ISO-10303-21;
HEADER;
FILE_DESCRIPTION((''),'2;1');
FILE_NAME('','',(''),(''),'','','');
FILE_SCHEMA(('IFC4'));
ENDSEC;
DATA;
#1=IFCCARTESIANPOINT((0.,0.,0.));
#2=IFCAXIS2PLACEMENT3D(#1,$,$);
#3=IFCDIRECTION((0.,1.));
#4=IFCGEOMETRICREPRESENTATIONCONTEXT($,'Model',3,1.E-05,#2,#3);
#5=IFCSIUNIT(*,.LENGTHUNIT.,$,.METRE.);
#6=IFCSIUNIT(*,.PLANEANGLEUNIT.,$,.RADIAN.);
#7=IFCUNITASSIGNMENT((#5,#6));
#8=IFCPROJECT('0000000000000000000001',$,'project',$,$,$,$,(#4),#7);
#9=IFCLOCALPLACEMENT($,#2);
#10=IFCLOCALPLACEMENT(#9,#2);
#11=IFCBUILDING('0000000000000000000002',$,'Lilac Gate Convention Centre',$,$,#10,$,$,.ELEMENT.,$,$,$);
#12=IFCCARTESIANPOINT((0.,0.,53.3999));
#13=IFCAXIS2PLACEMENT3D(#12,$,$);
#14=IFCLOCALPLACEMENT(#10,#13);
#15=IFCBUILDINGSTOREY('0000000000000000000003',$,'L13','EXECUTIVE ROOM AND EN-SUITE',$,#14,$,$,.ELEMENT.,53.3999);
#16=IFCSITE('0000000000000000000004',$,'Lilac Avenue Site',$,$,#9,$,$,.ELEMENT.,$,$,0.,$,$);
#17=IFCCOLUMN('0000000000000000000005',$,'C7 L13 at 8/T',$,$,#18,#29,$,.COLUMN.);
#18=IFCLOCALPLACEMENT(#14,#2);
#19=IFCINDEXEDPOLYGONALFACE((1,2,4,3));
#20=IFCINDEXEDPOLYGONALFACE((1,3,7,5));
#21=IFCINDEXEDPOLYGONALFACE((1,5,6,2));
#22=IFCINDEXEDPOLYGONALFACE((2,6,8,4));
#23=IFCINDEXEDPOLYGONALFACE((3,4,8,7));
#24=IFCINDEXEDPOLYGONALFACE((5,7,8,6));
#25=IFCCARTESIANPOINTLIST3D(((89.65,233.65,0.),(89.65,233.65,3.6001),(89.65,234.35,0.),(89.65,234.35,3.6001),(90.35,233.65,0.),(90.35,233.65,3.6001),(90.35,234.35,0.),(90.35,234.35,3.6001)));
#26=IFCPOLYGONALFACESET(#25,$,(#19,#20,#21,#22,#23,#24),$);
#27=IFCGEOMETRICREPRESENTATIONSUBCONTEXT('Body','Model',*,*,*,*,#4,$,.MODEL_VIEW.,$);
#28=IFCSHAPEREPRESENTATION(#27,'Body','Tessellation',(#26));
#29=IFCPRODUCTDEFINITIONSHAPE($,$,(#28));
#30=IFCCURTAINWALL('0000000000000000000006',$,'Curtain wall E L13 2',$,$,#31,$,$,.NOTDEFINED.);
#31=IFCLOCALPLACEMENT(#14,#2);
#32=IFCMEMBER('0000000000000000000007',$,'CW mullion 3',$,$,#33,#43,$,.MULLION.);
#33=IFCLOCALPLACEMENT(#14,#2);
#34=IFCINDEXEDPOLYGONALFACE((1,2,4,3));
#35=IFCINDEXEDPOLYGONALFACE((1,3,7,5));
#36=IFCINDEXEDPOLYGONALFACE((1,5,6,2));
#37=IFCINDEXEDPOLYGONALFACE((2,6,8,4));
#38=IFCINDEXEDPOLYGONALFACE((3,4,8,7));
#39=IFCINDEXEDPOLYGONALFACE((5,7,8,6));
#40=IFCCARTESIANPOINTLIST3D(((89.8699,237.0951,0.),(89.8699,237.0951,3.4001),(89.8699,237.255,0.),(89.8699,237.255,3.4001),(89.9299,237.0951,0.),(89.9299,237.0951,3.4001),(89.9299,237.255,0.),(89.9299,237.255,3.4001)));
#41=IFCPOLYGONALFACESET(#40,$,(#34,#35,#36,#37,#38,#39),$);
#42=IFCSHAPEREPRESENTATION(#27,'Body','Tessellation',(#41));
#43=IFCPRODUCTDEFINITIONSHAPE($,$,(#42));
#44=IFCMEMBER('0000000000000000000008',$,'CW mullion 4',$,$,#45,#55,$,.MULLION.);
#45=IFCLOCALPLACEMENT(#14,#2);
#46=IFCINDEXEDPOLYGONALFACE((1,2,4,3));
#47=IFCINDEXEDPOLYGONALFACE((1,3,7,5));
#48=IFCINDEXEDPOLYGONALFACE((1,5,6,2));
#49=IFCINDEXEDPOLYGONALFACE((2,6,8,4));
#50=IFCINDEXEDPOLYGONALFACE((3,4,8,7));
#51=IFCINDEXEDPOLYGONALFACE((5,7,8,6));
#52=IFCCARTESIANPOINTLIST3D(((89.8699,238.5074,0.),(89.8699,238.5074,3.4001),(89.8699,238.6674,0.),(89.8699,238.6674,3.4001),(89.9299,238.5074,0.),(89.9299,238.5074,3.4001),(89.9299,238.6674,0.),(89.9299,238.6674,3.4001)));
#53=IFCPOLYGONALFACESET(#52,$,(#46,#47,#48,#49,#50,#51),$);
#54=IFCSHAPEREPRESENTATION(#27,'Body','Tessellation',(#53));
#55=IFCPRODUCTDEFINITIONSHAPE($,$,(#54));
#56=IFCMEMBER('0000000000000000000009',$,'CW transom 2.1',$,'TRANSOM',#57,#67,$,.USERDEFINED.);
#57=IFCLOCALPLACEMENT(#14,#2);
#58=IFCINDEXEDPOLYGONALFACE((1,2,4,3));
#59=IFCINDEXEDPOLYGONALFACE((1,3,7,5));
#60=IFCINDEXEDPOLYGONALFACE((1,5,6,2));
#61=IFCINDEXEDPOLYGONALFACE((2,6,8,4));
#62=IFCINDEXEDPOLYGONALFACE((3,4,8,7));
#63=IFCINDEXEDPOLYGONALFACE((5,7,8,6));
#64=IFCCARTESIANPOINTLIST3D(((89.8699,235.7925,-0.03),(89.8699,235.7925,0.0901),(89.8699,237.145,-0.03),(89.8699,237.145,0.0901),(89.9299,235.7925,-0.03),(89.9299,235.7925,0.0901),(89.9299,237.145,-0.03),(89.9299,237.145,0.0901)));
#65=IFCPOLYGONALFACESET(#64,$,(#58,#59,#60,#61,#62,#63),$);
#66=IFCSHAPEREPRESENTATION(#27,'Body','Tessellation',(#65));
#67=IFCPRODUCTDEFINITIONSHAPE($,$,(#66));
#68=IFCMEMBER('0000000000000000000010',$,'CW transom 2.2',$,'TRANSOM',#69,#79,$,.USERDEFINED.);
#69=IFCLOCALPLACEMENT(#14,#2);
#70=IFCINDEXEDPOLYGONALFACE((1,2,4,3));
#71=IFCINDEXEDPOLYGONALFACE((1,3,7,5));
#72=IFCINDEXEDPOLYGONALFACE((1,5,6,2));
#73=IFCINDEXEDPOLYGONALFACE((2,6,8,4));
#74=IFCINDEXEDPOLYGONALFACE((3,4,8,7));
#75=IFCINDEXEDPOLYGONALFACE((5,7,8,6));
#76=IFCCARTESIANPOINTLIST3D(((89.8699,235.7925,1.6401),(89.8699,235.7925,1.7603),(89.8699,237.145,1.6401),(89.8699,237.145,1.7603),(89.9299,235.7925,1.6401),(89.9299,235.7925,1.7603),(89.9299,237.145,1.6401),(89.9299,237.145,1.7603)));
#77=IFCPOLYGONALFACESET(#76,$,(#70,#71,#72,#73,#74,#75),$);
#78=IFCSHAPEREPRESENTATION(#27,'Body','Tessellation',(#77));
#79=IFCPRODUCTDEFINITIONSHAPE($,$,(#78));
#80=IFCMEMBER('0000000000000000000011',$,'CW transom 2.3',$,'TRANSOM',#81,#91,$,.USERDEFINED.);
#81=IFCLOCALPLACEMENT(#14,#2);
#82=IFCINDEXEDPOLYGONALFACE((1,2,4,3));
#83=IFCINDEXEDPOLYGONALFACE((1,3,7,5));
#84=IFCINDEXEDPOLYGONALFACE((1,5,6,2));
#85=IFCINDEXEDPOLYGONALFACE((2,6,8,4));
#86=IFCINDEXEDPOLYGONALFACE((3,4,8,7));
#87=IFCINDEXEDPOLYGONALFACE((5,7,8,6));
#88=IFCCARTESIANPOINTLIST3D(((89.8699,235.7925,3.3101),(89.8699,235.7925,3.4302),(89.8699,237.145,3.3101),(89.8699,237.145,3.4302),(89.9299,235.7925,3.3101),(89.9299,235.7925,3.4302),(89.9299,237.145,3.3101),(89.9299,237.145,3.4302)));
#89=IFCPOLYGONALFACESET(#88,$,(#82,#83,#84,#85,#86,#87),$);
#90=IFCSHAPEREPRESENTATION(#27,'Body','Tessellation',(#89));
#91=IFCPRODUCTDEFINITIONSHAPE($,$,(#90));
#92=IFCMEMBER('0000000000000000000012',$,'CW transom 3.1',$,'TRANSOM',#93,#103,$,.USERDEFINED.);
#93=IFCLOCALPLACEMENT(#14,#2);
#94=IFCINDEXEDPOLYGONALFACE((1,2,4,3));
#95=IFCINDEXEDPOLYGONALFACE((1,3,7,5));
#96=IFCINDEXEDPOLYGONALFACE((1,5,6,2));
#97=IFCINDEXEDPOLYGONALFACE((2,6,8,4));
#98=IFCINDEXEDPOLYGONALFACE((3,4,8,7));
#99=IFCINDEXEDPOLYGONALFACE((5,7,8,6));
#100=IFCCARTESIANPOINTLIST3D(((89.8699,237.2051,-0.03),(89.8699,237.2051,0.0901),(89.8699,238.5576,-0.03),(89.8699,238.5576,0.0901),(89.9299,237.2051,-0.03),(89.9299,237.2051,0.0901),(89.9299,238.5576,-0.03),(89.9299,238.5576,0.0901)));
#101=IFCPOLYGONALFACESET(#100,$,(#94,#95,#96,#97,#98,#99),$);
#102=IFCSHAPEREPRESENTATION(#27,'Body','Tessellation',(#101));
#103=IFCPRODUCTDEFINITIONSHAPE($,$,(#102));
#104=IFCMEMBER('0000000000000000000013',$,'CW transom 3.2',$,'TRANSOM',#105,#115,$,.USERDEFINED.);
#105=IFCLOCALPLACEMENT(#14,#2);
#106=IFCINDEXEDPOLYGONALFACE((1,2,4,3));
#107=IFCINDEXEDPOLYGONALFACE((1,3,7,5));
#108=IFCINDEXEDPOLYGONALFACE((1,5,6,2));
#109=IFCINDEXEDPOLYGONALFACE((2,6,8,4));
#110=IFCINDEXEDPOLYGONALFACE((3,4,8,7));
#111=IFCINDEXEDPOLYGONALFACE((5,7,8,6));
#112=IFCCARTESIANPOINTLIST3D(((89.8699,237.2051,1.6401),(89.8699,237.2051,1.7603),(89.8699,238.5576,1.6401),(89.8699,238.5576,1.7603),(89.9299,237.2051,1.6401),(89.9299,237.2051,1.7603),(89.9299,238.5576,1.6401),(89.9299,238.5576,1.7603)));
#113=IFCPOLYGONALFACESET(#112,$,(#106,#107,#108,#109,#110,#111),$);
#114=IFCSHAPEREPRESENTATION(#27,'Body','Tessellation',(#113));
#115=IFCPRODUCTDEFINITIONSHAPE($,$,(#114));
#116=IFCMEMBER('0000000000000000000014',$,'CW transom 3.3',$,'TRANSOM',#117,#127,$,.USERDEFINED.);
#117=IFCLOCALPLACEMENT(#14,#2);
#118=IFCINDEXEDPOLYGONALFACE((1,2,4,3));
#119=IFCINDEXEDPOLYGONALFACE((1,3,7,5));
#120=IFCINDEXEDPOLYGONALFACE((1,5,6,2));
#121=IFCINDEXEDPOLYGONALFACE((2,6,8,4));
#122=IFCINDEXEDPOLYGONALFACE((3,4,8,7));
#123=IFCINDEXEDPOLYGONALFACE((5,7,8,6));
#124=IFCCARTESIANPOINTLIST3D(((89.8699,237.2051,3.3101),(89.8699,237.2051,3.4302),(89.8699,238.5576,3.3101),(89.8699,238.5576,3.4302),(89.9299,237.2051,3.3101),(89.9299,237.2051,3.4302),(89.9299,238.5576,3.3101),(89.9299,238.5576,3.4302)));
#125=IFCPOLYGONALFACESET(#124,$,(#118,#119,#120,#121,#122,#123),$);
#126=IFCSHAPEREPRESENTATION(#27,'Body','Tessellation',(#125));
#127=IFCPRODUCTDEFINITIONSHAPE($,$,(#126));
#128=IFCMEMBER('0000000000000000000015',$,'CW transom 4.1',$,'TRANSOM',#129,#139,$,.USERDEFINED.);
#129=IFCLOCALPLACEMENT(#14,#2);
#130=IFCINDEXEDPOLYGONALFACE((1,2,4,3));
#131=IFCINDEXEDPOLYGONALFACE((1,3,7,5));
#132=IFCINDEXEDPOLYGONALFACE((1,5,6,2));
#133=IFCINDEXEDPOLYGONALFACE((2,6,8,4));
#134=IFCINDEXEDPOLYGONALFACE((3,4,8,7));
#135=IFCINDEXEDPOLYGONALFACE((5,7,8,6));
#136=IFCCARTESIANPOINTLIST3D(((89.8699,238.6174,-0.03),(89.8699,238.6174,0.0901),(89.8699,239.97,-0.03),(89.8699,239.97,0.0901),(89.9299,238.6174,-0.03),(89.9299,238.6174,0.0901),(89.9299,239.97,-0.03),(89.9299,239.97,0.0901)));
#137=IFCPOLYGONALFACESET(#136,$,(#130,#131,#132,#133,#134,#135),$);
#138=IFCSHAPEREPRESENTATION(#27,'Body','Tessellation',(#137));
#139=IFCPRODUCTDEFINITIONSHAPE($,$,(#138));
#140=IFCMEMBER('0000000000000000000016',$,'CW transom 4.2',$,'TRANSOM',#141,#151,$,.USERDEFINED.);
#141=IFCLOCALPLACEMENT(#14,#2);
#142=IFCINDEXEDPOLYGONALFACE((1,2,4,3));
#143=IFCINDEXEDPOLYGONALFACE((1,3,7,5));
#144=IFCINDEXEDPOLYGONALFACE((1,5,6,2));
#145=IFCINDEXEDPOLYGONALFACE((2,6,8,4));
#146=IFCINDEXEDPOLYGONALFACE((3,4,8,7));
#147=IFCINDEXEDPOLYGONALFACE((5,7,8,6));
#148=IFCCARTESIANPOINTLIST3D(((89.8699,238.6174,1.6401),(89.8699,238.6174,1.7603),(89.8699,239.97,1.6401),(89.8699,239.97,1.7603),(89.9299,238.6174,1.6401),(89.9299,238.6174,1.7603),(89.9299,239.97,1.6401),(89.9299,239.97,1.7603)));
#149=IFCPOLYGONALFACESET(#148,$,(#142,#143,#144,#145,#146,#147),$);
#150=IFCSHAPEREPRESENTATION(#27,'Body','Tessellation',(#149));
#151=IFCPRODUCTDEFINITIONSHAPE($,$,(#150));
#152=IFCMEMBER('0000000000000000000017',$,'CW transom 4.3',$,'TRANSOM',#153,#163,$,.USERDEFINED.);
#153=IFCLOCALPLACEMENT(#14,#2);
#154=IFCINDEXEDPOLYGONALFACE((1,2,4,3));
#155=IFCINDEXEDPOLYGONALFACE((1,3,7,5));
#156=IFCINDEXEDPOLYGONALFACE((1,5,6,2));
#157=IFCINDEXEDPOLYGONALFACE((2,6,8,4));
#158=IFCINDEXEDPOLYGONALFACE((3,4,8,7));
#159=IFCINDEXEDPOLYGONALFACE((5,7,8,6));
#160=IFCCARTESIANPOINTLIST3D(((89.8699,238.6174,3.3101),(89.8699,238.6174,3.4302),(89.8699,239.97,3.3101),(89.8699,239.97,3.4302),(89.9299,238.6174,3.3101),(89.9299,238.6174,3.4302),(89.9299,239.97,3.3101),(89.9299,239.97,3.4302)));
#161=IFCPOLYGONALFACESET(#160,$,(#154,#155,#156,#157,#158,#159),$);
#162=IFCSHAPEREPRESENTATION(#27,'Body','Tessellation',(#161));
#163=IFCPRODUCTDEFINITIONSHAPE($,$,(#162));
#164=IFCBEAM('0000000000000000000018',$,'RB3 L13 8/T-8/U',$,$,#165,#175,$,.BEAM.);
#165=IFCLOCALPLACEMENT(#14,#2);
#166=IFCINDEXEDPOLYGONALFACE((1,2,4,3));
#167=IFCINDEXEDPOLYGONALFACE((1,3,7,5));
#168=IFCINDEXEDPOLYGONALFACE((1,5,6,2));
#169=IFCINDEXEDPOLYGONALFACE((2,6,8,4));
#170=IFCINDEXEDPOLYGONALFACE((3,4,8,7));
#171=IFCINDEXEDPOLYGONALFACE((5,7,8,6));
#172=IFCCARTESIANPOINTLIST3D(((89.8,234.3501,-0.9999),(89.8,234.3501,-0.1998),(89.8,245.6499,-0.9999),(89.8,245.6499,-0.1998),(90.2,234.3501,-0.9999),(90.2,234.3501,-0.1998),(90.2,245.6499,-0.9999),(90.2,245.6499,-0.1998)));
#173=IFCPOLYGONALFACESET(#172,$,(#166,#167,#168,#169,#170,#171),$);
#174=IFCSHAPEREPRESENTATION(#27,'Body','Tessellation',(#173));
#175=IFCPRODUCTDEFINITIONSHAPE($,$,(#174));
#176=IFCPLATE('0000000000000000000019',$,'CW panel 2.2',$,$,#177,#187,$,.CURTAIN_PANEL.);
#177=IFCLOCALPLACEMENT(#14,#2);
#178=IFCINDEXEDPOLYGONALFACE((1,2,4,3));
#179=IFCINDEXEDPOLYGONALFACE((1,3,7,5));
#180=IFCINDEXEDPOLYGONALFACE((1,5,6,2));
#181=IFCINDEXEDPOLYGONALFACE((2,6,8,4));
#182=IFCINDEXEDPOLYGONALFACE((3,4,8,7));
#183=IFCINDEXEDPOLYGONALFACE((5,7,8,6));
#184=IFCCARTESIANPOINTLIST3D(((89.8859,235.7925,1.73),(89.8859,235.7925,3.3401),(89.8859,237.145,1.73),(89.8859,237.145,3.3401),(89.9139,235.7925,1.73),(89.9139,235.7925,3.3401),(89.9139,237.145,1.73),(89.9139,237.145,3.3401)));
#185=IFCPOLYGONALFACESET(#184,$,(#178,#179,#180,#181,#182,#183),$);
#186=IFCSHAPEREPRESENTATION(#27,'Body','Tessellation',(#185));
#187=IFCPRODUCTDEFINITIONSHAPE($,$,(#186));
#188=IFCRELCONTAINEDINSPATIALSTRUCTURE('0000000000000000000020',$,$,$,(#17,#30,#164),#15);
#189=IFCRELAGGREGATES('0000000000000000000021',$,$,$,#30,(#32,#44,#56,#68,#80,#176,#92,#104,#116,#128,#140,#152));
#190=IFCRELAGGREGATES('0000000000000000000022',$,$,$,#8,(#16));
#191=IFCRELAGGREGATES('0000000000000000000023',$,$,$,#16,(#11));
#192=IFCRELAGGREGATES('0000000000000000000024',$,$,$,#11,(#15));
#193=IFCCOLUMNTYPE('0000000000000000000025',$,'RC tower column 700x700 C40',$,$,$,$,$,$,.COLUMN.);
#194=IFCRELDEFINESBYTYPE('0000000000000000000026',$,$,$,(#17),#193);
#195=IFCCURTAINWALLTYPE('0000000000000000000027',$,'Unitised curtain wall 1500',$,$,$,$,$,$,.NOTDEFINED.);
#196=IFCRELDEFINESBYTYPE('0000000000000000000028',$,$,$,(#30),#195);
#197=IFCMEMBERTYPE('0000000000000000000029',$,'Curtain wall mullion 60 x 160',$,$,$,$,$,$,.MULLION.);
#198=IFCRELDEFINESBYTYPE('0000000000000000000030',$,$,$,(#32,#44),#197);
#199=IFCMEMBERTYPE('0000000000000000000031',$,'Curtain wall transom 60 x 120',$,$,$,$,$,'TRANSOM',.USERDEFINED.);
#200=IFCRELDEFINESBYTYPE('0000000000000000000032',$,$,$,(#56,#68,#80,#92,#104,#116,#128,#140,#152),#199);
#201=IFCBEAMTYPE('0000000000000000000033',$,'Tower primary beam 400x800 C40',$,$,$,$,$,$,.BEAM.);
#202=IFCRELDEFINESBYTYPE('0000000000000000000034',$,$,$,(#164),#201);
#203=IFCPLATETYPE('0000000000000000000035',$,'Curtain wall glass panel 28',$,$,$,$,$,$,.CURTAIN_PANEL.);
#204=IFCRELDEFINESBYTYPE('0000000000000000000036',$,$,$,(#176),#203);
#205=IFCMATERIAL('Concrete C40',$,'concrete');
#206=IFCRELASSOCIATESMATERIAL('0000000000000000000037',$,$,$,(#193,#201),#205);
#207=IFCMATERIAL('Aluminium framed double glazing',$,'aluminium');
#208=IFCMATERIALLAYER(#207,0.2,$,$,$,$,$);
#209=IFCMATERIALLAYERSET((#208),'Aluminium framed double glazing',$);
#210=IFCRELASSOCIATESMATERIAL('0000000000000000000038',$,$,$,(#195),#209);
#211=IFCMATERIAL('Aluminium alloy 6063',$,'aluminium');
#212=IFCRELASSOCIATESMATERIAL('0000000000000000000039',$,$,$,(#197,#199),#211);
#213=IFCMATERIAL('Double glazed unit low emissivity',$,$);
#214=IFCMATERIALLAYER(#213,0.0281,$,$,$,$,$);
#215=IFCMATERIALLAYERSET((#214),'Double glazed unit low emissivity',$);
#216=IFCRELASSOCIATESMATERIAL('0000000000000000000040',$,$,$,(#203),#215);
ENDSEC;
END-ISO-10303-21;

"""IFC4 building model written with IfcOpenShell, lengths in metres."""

from ifc_helpers import new_model, si_unit, direction, frame, origin, origin_2d, place, context, subcontext, project, spatial, rectangle, extrude, material, layer, layer_set, material_profile, profile_set, type_object, element, aggregate, save


model = new_model("IFC4")

# Units and contexts
model_context = context("Model", 3, precision=1e-05, world=origin(), true_north=direction((0.0, 1.0)))
body_context = subcontext(model_context, "Body", "Model", "MODEL_VIEW")
ifc_project = project(units=[si_unit("LENGTHUNIT", "METRE"), si_unit("PLANEANGLEUNIT", "RADIAN")], contexts=[model_context])

# Site, building, storey
site_placement = place(None, origin())
site = spatial("IfcSite", under=ifc_project, at=site_placement, Name="Lilac Avenue Site", CompositionType="ELEMENT", RefElevation=0.0)
building_placement = place(site_placement, origin())
building = spatial("IfcBuilding", under=site, at=building_placement, Name="Lilac Gate Convention Centre", CompositionType="ELEMENT")
storey_placement = place(building_placement, frame((0.0, 0.0, 53.3999)))
storey = spatial("IfcBuildingStorey", under=building, at=storey_placement, Name="L13", Description="EXECUTIVE ROOM AND EN-SUITE", CompositionType="ELEMENT", Elevation=53.3999)

# Column
ifc_material_1 = material(Name="Concrete C40", Category="concrete")
ifc_material_profile_1 = material_profile(ifc_material_1, rectangle(XDim=0.7, YDim=0.7, at=origin_2d()), Name="RC 700x700")
ifc_profile_set_1 = profile_set([ifc_material_profile_1], Name="Concrete C40")
column_type = type_object("IfcColumnType", Name="RC tower column 700x700 C40", PredefinedType="COLUMN", material=ifc_profile_set_1)
column_placement = place(storey_placement, frame((90.0, 234.0, 0.0), z_axis=(0.0, 0.0, 1.0), x_axis=(1.0, 0.0, 0.0)))
element("IfcColumn", 1, at=column_placement, inside=storey, type_object=column_type, Name="C7 L13 at 8/T", PredefinedType="COLUMN", context=body_context, shape_type="SweptSolid", body=[
    extrude(rectangle(XDim=0.7, YDim=0.7, at=origin_2d()), origin(), (0.0, 0.0, 1.0), 3.6001),
])

# Curtain wall, members
ifc_material_2 = material(Name="Aluminium framed double glazing", Category="aluminium")
ifc_layer_1 = layer(ifc_material_2, 0.2)
ifc_layer_set_1 = layer_set([ifc_layer_1], Name="Aluminium framed double glazing")
curtain_wall_type = type_object("IfcCurtainWallType", Name="Unitised curtain wall 1500", PredefinedType="NOTDEFINED", material=ifc_layer_set_1)
curtain_wall_placement = place(storey_placement, origin())
curtain_wall = element("IfcCurtainWall", 2, at=curtain_wall_placement, inside=storey, type_object=curtain_wall_type, Name="Curtain wall E L13 2", PredefinedType="NOTDEFINED")
ifc_material_3 = material(Name="Aluminium alloy 6063", Category="aluminium")
ifc_material_profile_2 = material_profile(ifc_material_3, rectangle(XDim=0.0601, YDim=0.1599, at=origin_2d()), Name="Curtain wall mullion 60 x 160")
ifc_profile_set_2 = profile_set([ifc_material_profile_2], Name="Aluminium alloy 6063")
member_type_1 = type_object("IfcMemberType", Name="Curtain wall mullion 60 x 160", PredefinedType="MULLION", material=ifc_profile_set_2)
member_1_placement = place(storey_placement, frame((89.8999, 237.175, 0.0), z_axis=(0.0, 0.0, 1.0), x_axis=(-1.0, 0.0, 0.0)))
member_1 = element("IfcMember", 3, at=member_1_placement, type_object=member_type_1, Name="CW mullion 3", PredefinedType="MULLION", context=body_context, shape_type="SweptSolid", body=[
    extrude(rectangle(XDim=0.0601, YDim=0.1599, at=origin_2d()), origin(), (0.0, 0.0, 1.0), 3.4001),
])
member_2_placement = place(storey_placement, frame((89.8999, 238.5874, 0.0), z_axis=(0.0, 0.0, 1.0), x_axis=(-1.0, 0.0, 0.0)))
member_2 = element("IfcMember", 4, at=member_2_placement, type_object=member_type_1, Name="CW mullion 4", PredefinedType="MULLION", context=body_context, shape_type="SweptSolid", body=[
    extrude(rectangle(XDim=0.0601, YDim=0.1599, at=origin_2d()), origin(), (0.0, 0.0, 1.0), 3.4001),
])
ifc_material_profile_3 = material_profile(ifc_material_3, rectangle(XDim=0.0601, YDim=0.1201, at=origin_2d()), Name="Curtain wall transom 60 x 120")
ifc_profile_set_3 = profile_set([ifc_material_profile_3], Name="Aluminium alloy 6063")
member_type_2 = type_object("IfcMemberType", Name="Curtain wall transom 60 x 120", ElementType="TRANSOM", PredefinedType="USERDEFINED", material=ifc_profile_set_3)
member_3_placement = place(storey_placement, frame((89.8999, 235.7925, 0.03), z_axis=(0.0, 1.0, 0.0), x_axis=(-1.0, 0.0, 0.0)))
member_3 = element("IfcMember", 5, at=member_3_placement, type_object=member_type_2, Name="CW transom 2.1", ObjectType="TRANSOM", PredefinedType="USERDEFINED", context=body_context, shape_type="SweptSolid", body=[
    extrude(rectangle(XDim=0.0601, YDim=0.1201, at=origin_2d()), origin(), (0.0, 0.0, 1.0), 1.3525),
])
member_4_placement = place(storey_placement, frame((89.8999, 235.7925, 1.7002), z_axis=(0.0, 1.0, 0.0), x_axis=(-1.0, 0.0, 0.0)))
member_4 = element("IfcMember", 6, at=member_4_placement, type_object=member_type_2, Name="CW transom 2.2", ObjectType="TRANSOM", PredefinedType="USERDEFINED", context=body_context, shape_type="SweptSolid", body=[
    extrude(rectangle(XDim=0.0601, YDim=0.1201, at=origin_2d()), origin(), (0.0, 0.0, 1.0), 1.3525),
])
member_5_placement = place(storey_placement, frame((89.8999, 235.7925, 3.3701), z_axis=(0.0, 1.0, 0.0), x_axis=(-1.0, 0.0, 0.0)))
member_5 = element("IfcMember", 7, at=member_5_placement, type_object=member_type_2, Name="CW transom 2.3", ObjectType="TRANSOM", PredefinedType="USERDEFINED", context=body_context, shape_type="SweptSolid", body=[
    extrude(rectangle(XDim=0.0601, YDim=0.1201, at=origin_2d()), origin(), (0.0, 0.0, 1.0), 1.3525),
])
member_6_placement = place(storey_placement, frame((89.8999, 237.2051, 0.03), z_axis=(0.0, 1.0, 0.0), x_axis=(-1.0, 0.0, 0.0)))
member_6 = element("IfcMember", 8, at=member_6_placement, type_object=member_type_2, Name="CW transom 3.1", ObjectType="TRANSOM", PredefinedType="USERDEFINED", context=body_context, shape_type="SweptSolid", body=[
    extrude(rectangle(XDim=0.0601, YDim=0.1201, at=origin_2d()), origin(), (0.0, 0.0, 1.0), 1.3525),
])
member_7_placement = place(storey_placement, frame((89.8999, 237.2051, 1.7002), z_axis=(0.0, 1.0, 0.0), x_axis=(-1.0, 0.0, 0.0)))
member_7 = element("IfcMember", 9, at=member_7_placement, type_object=member_type_2, Name="CW transom 3.2", ObjectType="TRANSOM", PredefinedType="USERDEFINED", context=body_context, shape_type="SweptSolid", body=[
    extrude(rectangle(XDim=0.0601, YDim=0.1201, at=origin_2d()), origin(), (0.0, 0.0, 1.0), 1.3525),
])
member_8_placement = place(storey_placement, frame((89.8999, 237.2051, 3.3701), z_axis=(0.0, 1.0, 0.0), x_axis=(-1.0, 0.0, 0.0)))
member_8 = element("IfcMember", 10, at=member_8_placement, type_object=member_type_2, Name="CW transom 3.3", ObjectType="TRANSOM", PredefinedType="USERDEFINED", context=body_context, shape_type="SweptSolid", body=[
    extrude(rectangle(XDim=0.0601, YDim=0.1201, at=origin_2d()), origin(), (0.0, 0.0, 1.0), 1.3525),
])
member_9_placement = place(storey_placement, frame((89.8999, 238.6174, 0.03), z_axis=(0.0, 1.0, 0.0), x_axis=(-1.0, 0.0, 0.0)))
member_9 = element("IfcMember", 11, at=member_9_placement, type_object=member_type_2, Name="CW transom 4.1", ObjectType="TRANSOM", PredefinedType="USERDEFINED", context=body_context, shape_type="SweptSolid", body=[
    extrude(rectangle(XDim=0.0601, YDim=0.1201, at=origin_2d()), origin(), (0.0, 0.0, 1.0), 1.3525),
])
member_10_placement = place(storey_placement, frame((89.8999, 238.6174, 1.7002), z_axis=(0.0, 1.0, 0.0), x_axis=(-1.0, 0.0, 0.0)))
member_10 = element("IfcMember", 12, at=member_10_placement, type_object=member_type_2, Name="CW transom 4.2", ObjectType="TRANSOM", PredefinedType="USERDEFINED", context=body_context, shape_type="SweptSolid", body=[
    extrude(rectangle(XDim=0.0601, YDim=0.1201, at=origin_2d()), origin(), (0.0, 0.0, 1.0), 1.3525),
])
member_11_placement = place(storey_placement, frame((89.8999, 238.6174, 3.3701), z_axis=(0.0, 1.0, 0.0), x_axis=(-1.0, 0.0, 0.0)))
member_11 = element("IfcMember", 13, at=member_11_placement, type_object=member_type_2, Name="CW transom 4.3", ObjectType="TRANSOM", PredefinedType="USERDEFINED", context=body_context, shape_type="SweptSolid", body=[
    extrude(rectangle(XDim=0.0601, YDim=0.1201, at=origin_2d()), origin(), (0.0, 0.0, 1.0), 1.3525),
])

# Beam
ifc_material_profile_4 = material_profile(ifc_material_1, rectangle(XDim=0.3999, YDim=0.8, at=origin_2d()), Name="RC 400x800")
ifc_profile_set_4 = profile_set([ifc_material_profile_4], Name="Concrete C40")
beam_type = type_object("IfcBeamType", Name="Tower primary beam 400x800 C40", PredefinedType="BEAM", material=ifc_profile_set_4)
beam_placement = place(storey_placement, frame((90.0, 234.3501, -0.5999), z_axis=(0.0, 1.0, 0.0), x_axis=(-1.0, 0.0, 0.0)))
element("IfcBeam", 14, at=beam_placement, inside=storey, type_object=beam_type, Name="RB3 L13 8/T-8/U", PredefinedType="BEAM", context=body_context, shape_type="SweptSolid", body=[
    extrude(rectangle(XDim=0.3999, YDim=0.8, at=origin_2d()), origin(), (0.0, 0.0, 1.0), 11.2998),
])

# Plate
ifc_material_4 = material(Name="Double glazed unit low emissivity")
ifc_layer_2 = layer(ifc_material_4, 0.0281)
ifc_layer_set_2 = layer_set([ifc_layer_2], Name="Double glazed unit low emissivity")
plate_type_1 = type_object("IfcPlateType", Name="Curtain wall glass panel 28", PredefinedType="CURTAIN_PANEL", material=ifc_layer_set_2)
plate_1_placement = place(storey_placement, frame((89.8999, 236.4688, 1.73), z_axis=(0.0, 0.0, 1.0), x_axis=(0.0, 1.0, 0.0)))
plate_1 = element("IfcPlate", 15, at=plate_1_placement, type_object=plate_type_1, Name="CW panel 2.2", PredefinedType="CURTAIN_PANEL", context=body_context, shape_type="SweptSolid", body=[
    extrude(rectangle(XDim=1.3525, YDim=0.0281, at=origin_2d()), origin(), (0.0, 0.0, 1.0), 1.6101),
])
aggregate(curtain_wall, [member_1, member_2, member_3, member_4, member_5, plate_1, member_6, member_7, member_8, member_9, member_10, member_11])

save(model, "model.ifc")
